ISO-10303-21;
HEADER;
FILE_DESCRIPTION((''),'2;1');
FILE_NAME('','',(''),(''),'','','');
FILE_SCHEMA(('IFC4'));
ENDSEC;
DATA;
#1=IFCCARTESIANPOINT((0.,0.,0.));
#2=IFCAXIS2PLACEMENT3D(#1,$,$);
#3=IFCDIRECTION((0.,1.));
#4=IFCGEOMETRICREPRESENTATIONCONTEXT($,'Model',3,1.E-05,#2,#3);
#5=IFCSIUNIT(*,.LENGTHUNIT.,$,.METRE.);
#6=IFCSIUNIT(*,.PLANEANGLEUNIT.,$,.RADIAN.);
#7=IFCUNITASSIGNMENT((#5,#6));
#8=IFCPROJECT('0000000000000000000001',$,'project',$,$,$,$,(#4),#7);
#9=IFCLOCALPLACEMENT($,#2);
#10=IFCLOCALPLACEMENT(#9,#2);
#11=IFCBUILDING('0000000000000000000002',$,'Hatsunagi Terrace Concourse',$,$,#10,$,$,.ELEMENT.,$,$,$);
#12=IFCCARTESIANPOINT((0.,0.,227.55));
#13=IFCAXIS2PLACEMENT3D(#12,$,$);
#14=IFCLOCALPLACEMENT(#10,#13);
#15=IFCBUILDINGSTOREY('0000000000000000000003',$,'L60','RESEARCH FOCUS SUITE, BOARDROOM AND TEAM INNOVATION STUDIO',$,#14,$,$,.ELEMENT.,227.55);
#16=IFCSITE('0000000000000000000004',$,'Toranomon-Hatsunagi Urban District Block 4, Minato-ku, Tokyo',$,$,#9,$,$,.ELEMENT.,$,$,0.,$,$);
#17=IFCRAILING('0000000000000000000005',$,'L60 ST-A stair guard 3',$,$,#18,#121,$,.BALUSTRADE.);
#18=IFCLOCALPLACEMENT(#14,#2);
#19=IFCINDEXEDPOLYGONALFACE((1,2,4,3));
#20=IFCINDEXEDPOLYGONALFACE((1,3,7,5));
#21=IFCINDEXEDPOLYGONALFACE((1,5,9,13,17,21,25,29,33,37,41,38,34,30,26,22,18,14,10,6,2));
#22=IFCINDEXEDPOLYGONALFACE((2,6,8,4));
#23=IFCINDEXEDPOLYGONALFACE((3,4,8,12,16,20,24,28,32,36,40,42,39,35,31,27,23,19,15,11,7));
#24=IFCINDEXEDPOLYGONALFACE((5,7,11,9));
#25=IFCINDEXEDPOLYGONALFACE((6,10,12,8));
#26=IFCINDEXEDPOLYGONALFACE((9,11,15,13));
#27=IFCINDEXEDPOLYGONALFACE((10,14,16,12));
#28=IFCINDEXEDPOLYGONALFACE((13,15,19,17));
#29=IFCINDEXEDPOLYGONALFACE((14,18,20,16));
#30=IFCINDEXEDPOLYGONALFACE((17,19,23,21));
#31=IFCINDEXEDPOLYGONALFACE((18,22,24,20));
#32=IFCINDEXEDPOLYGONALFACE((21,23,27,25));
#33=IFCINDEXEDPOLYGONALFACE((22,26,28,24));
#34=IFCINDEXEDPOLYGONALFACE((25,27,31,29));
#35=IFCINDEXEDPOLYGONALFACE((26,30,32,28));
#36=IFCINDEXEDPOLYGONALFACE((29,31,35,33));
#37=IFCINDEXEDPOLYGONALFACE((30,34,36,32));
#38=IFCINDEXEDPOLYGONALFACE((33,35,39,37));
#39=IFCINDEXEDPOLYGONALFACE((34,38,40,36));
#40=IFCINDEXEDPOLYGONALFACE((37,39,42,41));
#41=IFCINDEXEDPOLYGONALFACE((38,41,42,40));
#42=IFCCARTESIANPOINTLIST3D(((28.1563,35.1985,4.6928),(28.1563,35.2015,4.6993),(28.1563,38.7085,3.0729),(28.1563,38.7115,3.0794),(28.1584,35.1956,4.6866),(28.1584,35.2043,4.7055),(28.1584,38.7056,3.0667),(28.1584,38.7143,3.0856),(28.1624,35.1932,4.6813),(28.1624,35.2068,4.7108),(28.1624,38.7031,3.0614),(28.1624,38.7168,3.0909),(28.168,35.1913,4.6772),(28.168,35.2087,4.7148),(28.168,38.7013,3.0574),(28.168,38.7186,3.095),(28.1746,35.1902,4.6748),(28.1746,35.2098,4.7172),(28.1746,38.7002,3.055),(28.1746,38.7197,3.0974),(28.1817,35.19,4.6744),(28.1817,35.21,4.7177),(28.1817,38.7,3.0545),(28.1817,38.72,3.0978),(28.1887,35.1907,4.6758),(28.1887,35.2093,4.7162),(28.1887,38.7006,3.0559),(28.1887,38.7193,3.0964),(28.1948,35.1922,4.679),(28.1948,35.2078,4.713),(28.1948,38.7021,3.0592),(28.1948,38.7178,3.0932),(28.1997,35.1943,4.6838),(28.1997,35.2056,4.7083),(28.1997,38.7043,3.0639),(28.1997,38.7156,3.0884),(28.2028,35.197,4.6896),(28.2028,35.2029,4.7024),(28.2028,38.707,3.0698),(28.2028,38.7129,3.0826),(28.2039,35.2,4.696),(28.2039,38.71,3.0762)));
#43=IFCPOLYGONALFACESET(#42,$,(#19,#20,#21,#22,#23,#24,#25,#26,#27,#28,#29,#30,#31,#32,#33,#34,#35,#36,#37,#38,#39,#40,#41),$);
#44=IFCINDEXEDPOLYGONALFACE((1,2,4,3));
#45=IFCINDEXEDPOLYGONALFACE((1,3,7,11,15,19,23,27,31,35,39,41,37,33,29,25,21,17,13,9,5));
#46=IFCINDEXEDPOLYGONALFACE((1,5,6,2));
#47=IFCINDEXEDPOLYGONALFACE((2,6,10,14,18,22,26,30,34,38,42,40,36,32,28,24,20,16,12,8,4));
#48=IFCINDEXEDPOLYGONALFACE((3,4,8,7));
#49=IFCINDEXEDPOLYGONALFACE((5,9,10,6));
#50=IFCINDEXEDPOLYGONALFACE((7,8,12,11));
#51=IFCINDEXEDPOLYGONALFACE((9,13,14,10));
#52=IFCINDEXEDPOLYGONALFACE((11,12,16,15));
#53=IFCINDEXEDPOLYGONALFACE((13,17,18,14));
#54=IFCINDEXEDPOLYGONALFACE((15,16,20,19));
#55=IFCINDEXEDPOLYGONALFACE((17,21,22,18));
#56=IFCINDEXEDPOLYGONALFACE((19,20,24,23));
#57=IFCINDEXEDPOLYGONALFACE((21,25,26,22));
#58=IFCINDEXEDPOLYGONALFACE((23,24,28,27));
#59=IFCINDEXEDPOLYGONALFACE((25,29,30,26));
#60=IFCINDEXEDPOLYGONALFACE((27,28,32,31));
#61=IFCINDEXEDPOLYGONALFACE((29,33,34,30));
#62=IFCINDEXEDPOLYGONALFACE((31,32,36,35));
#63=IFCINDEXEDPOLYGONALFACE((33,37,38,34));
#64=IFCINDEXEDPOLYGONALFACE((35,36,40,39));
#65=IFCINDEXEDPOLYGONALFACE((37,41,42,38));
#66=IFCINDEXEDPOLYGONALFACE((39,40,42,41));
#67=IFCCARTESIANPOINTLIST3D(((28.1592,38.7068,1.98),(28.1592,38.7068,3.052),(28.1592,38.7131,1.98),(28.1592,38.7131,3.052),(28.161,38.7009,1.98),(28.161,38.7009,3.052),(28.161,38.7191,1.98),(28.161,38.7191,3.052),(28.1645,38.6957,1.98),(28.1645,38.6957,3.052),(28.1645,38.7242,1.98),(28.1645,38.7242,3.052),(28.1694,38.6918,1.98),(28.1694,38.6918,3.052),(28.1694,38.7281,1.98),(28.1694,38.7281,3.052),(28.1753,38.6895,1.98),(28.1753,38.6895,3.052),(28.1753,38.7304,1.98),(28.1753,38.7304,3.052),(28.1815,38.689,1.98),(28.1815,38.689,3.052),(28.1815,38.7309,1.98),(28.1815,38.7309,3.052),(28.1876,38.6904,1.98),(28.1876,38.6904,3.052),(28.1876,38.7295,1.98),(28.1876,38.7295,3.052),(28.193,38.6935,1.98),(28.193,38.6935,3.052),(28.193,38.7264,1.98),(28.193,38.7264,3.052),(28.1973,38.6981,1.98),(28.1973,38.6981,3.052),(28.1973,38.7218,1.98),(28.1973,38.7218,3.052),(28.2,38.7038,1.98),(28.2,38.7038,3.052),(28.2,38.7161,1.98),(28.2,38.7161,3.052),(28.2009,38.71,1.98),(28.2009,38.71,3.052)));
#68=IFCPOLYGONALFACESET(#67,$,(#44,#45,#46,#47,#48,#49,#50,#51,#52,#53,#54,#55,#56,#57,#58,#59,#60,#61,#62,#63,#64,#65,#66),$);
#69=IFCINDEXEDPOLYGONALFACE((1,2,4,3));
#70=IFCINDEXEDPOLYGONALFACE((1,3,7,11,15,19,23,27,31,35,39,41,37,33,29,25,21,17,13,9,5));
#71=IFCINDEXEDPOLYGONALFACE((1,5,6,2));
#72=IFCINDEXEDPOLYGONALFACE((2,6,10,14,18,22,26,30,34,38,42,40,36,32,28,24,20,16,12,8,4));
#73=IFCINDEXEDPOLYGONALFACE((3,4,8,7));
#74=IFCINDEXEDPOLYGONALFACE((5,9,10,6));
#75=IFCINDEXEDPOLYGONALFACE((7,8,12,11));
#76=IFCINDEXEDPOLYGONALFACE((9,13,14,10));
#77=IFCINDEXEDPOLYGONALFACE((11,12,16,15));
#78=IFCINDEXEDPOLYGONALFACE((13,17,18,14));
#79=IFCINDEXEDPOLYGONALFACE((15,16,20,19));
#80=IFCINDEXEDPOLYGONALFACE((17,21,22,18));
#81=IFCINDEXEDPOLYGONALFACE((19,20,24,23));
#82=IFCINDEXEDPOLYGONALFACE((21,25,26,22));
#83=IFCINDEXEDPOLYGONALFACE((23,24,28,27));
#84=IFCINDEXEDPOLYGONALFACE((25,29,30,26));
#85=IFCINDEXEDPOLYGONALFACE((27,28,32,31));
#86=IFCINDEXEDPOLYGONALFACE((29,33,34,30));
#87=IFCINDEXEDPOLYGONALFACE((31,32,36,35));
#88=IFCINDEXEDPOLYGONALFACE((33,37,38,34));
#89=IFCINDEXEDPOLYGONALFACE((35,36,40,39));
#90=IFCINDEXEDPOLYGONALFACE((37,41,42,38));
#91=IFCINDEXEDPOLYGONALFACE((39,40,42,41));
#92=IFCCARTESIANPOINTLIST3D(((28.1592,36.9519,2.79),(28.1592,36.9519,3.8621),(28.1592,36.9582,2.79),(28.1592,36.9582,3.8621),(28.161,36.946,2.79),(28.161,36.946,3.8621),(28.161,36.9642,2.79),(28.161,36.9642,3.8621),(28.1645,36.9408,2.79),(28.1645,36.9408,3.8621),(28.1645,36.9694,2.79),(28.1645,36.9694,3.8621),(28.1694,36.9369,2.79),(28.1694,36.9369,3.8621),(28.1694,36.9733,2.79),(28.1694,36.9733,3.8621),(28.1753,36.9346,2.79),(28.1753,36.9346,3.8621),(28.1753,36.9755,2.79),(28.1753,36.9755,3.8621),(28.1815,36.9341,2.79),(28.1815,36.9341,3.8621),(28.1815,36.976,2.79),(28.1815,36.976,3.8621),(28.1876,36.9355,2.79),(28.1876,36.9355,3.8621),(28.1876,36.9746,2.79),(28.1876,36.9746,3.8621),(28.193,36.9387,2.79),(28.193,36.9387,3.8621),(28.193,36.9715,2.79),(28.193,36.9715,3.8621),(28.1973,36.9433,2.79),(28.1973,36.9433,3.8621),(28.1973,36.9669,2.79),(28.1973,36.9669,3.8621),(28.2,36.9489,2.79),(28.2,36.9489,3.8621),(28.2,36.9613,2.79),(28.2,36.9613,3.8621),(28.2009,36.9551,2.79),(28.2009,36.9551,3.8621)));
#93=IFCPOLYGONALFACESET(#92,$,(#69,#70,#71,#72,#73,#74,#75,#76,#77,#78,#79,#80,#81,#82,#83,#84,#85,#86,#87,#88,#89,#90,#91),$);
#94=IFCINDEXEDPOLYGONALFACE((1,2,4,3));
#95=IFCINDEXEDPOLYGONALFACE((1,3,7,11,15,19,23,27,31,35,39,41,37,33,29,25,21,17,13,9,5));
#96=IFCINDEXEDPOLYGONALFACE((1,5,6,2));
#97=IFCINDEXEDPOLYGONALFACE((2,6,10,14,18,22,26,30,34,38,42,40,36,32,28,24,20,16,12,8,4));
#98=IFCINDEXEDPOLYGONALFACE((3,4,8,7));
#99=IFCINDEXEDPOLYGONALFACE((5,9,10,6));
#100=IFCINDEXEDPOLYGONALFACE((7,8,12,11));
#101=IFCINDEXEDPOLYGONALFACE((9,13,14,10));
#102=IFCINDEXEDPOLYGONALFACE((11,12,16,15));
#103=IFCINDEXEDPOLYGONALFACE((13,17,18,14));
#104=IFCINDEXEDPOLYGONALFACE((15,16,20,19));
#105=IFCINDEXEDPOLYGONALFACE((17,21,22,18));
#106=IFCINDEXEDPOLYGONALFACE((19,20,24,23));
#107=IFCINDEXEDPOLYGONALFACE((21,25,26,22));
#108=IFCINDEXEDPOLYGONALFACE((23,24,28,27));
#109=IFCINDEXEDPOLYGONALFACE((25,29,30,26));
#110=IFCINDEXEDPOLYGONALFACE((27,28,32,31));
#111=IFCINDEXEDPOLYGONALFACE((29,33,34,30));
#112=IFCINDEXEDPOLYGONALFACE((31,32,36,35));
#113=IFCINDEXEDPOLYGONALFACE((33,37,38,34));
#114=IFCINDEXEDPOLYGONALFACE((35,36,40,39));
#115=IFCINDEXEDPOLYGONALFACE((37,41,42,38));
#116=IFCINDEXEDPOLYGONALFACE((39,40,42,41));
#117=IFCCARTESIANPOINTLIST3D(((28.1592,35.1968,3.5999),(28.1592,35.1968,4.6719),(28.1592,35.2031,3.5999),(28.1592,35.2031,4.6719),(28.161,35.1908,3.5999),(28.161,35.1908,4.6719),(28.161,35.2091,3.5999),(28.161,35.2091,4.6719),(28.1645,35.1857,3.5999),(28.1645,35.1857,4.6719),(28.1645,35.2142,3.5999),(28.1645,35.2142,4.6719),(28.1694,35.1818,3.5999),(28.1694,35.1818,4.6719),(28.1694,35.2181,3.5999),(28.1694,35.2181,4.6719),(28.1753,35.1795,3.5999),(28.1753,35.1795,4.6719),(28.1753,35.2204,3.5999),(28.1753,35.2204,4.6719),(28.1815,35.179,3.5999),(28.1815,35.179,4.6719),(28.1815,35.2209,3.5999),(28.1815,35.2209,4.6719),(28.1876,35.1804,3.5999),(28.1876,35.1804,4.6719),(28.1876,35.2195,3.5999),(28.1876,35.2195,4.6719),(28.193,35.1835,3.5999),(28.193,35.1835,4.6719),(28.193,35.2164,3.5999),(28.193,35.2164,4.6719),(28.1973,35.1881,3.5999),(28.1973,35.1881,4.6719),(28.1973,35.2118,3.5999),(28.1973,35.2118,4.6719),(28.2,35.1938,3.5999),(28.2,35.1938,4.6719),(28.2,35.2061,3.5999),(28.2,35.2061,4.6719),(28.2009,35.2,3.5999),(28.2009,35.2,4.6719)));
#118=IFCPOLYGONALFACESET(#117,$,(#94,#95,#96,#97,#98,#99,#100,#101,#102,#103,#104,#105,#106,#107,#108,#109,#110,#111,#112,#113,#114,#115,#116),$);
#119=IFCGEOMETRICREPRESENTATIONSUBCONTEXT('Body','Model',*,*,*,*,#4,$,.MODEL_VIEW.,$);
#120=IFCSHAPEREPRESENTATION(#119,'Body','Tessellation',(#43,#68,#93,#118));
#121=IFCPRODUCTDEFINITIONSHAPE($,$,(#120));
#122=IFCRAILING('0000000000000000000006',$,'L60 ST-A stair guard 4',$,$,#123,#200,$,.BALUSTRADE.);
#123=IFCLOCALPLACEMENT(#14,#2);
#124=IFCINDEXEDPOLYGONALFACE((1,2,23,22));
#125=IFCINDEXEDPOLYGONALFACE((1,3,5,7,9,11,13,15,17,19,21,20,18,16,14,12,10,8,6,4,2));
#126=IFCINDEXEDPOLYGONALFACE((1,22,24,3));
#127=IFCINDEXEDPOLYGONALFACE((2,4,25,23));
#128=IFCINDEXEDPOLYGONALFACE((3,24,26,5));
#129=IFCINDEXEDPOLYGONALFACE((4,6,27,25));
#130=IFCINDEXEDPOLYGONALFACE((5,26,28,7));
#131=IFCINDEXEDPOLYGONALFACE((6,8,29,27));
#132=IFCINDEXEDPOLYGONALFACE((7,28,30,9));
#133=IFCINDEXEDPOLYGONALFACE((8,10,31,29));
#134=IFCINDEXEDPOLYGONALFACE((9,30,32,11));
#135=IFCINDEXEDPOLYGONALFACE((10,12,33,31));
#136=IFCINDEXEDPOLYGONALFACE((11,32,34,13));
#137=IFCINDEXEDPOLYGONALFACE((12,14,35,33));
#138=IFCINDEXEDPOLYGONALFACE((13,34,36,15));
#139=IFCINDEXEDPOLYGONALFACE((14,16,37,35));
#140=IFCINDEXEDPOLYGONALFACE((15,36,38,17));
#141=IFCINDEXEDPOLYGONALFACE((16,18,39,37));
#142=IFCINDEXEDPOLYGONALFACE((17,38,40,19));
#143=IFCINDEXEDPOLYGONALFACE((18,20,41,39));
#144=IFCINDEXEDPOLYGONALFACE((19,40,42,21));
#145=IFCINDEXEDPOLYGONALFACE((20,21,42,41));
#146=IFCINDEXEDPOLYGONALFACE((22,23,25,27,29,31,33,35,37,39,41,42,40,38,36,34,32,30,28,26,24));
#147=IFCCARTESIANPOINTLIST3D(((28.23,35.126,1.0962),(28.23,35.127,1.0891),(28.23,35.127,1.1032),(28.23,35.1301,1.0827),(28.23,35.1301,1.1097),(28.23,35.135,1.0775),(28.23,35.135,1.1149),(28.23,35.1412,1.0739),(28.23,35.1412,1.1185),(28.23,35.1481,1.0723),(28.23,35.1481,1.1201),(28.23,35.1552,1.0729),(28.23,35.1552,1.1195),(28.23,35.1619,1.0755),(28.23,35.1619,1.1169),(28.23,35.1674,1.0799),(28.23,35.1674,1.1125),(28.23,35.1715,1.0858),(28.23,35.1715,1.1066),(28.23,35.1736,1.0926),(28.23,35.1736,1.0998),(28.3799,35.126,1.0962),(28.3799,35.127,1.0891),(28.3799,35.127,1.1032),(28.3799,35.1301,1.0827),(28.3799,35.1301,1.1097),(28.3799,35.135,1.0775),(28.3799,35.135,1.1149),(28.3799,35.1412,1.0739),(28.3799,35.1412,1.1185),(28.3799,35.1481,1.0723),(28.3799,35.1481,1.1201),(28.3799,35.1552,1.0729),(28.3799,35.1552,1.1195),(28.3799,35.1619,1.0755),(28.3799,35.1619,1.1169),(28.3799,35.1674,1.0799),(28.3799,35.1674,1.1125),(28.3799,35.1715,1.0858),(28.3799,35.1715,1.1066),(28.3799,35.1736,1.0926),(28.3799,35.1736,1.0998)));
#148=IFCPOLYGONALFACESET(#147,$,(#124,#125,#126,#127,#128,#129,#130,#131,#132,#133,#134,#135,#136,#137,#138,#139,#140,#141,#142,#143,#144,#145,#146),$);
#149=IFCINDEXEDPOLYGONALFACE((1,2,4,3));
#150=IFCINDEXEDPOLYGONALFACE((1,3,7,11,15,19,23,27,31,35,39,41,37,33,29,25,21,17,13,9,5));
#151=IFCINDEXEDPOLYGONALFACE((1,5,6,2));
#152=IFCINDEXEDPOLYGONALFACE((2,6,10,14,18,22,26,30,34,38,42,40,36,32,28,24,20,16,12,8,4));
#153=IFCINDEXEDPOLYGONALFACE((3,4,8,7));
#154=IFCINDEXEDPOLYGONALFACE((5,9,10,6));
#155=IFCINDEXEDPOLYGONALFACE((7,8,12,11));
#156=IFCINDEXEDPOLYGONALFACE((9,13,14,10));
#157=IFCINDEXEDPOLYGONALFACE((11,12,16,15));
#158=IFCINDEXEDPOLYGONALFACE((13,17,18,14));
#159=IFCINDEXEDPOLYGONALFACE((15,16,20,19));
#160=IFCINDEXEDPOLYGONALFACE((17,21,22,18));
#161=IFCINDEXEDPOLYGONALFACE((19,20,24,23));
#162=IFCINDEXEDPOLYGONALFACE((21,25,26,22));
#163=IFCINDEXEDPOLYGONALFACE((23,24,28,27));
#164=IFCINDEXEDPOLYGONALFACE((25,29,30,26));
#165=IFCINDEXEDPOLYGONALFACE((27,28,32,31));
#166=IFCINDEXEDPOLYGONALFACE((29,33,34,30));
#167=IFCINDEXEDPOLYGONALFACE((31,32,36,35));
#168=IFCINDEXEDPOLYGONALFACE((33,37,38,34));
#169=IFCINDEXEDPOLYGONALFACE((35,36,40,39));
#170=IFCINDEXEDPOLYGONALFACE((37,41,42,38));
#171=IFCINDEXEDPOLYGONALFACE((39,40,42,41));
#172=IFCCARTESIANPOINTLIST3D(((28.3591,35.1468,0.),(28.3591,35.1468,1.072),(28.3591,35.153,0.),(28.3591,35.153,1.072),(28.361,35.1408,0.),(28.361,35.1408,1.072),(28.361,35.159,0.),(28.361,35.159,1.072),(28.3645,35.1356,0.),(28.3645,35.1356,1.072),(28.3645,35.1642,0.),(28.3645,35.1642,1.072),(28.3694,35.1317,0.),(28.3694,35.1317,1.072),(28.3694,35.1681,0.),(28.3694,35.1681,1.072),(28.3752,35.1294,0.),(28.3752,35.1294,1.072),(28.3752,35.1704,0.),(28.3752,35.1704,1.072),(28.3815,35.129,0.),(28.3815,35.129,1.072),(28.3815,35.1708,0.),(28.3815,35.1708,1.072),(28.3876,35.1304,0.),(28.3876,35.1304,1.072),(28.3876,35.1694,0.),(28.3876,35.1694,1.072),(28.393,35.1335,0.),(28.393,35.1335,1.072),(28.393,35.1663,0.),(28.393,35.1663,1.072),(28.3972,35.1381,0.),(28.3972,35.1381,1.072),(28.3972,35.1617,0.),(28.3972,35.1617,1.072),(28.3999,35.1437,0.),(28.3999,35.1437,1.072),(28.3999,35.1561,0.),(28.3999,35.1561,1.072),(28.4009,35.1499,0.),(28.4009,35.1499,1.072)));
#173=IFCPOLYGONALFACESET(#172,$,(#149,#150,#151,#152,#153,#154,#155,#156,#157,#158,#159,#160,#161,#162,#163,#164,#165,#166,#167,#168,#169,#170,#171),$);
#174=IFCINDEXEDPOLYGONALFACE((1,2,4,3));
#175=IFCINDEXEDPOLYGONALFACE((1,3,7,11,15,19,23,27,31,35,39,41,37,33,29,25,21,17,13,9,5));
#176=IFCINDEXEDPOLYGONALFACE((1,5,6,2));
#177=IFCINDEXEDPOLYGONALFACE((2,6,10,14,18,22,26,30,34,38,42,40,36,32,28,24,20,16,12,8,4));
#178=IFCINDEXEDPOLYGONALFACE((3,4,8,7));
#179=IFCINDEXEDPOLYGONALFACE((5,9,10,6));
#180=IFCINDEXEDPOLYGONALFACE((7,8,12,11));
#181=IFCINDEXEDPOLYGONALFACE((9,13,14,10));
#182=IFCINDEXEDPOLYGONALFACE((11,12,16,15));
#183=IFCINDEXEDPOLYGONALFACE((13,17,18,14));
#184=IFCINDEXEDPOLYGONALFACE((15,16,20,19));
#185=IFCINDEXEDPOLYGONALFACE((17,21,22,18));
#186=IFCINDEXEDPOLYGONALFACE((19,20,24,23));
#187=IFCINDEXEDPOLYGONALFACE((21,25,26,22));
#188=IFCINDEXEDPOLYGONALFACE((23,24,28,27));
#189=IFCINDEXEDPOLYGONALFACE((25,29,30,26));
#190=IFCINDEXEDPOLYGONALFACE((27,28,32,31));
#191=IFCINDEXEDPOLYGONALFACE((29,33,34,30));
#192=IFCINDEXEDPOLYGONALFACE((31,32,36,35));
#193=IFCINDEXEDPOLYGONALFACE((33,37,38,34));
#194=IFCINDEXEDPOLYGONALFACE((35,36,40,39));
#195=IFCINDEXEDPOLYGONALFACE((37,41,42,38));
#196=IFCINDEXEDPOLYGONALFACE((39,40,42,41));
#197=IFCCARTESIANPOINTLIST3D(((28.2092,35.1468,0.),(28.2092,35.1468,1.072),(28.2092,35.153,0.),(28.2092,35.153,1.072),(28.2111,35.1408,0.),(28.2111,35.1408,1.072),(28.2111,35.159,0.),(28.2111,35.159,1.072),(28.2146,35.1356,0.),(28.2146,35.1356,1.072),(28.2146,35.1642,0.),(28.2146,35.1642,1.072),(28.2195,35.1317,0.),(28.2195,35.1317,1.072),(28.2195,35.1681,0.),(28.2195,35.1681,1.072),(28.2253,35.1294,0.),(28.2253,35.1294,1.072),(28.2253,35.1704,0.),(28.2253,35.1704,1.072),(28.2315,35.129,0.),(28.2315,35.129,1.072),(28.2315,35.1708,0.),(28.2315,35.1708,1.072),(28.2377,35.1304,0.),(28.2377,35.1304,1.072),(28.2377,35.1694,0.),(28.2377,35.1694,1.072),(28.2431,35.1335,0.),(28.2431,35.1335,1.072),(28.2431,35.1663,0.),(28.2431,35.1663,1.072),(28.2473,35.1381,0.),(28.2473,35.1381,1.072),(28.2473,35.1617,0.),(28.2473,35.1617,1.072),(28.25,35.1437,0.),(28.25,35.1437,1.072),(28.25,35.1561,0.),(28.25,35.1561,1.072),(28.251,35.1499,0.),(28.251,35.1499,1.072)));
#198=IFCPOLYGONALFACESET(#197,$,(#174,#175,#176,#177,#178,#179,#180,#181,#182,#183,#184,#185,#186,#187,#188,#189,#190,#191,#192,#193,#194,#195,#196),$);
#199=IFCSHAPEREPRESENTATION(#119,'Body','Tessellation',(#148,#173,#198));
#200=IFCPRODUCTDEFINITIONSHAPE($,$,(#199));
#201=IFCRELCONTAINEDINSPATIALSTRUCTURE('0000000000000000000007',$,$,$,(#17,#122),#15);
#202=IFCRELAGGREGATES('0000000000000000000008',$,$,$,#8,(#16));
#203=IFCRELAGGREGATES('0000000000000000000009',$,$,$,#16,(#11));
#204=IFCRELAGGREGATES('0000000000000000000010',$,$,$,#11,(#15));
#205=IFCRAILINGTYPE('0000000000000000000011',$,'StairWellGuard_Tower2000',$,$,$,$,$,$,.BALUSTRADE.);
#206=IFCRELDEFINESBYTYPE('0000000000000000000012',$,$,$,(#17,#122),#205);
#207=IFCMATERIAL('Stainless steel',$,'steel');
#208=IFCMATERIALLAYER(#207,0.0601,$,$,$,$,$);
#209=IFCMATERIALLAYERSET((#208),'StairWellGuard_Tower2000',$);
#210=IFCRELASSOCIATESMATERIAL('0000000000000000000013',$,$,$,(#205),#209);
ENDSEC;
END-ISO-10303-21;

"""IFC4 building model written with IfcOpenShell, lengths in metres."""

from ifc_helpers import new_model, si_unit, direction, frame, origin, origin_2d, place, context, subcontext, project, spatial, circle, extrude, material, layer, layer_set, type_object, element, save


model = new_model("IFC4")

# Units and contexts
model_context = context("Model", 3, precision=1e-05, world=origin(), true_north=direction((0.0, 1.0)))
body_context = subcontext(model_context, "Body", "Model", "MODEL_VIEW")
ifc_project = project(units=[si_unit("LENGTHUNIT", "METRE"), si_unit("PLANEANGLEUNIT", "RADIAN")], contexts=[model_context])

# Site, building, storey
site_placement = place(None, origin())
site = spatial("IfcSite", under=ifc_project, at=site_placement, Name="Toranomon-Hatsunagi Urban District Block 4, Minato-ku, Tokyo", CompositionType="ELEMENT", RefElevation=0.0)
building_placement = place(site_placement, origin())
building = spatial("IfcBuilding", under=site, at=building_placement, Name="Hatsunagi Terrace Concourse", CompositionType="ELEMENT")
storey_placement = place(building_placement, frame((0.0, 0.0, 227.55)))
storey = spatial("IfcBuildingStorey", under=building, at=storey_placement, Name="L60", Description="RESEARCH FOCUS SUITE, BOARDROOM AND TEAM INNOVATION STUDIO", CompositionType="ELEMENT", Elevation=227.55)

# Railings
ifc_material_1 = material(Name="Stainless steel", Category="steel")
ifc_layer_1 = layer(ifc_material_1, 0.0601)
ifc_layer_set_1 = layer_set([ifc_layer_1], Name="StairWellGuard_Tower2000")
railing_type_1 = type_object("IfcRailingType", Name="StairWellGuard_Tower2000", PredefinedType="BALUSTRADE", material=ifc_layer_set_1)
railing_1_placement = place(storey_placement, frame((28.1799, 38.71, 1.98)))
element("IfcRailing", 1, at=railing_1_placement, inside=storey, type_object=railing_type_1, Name="L60 ST-A stair guard 3", PredefinedType="BALUSTRADE", context=body_context, shape_type="SweptSolid", body=[
    extrude(circle(Radius=0.0239, at=origin_2d()), frame((0.0, 0.0, 1.0962), z_axis=(0.0, -0.907972, 0.41903), x_axis=(1.0, 0.0, 0.0)), (0.0, 0.0, 1.0), 3.8657),
    extrude(circle(Radius=0.021, at=origin_2d()), origin(), (0.0, 0.0, 1.0), 1.072),
    extrude(circle(Radius=0.021, at=origin_2d()), frame((0.0, -1.7549, 0.8101)), (0.0, 0.0, 1.0), 1.072),
    extrude(circle(Radius=0.021, at=origin_2d()), frame((0.0, -3.51, 1.6199)), (0.0, 0.0, 1.0), 1.072),
])
railing_2_placement = place(storey_placement, frame((28.3799, 35.1499, 0.0)))
element("IfcRailing", 2, at=railing_2_placement, inside=storey, type_object=railing_type_1, Name="L60 ST-A stair guard 4", PredefinedType="BALUSTRADE", context=body_context, shape_type="SweptSolid", body=[
    extrude(circle(Radius=0.0239, at=origin_2d()), frame((0.0, 0.0, 1.0962), z_axis=(-1.0, 0.0, 0.0), x_axis=(0.0, -1.0, 0.0)), (0.0, 0.0, 1.0), 0.1499),
    extrude(circle(Radius=0.021, at=origin_2d()), origin(), (0.0, 0.0, 1.0), 1.072),
    extrude(circle(Radius=0.021, at=origin_2d()), frame((-0.1499, 0.0, 0.0)), (0.0, 0.0, 1.0), 1.072),
])

save(model, "model.ifc")
